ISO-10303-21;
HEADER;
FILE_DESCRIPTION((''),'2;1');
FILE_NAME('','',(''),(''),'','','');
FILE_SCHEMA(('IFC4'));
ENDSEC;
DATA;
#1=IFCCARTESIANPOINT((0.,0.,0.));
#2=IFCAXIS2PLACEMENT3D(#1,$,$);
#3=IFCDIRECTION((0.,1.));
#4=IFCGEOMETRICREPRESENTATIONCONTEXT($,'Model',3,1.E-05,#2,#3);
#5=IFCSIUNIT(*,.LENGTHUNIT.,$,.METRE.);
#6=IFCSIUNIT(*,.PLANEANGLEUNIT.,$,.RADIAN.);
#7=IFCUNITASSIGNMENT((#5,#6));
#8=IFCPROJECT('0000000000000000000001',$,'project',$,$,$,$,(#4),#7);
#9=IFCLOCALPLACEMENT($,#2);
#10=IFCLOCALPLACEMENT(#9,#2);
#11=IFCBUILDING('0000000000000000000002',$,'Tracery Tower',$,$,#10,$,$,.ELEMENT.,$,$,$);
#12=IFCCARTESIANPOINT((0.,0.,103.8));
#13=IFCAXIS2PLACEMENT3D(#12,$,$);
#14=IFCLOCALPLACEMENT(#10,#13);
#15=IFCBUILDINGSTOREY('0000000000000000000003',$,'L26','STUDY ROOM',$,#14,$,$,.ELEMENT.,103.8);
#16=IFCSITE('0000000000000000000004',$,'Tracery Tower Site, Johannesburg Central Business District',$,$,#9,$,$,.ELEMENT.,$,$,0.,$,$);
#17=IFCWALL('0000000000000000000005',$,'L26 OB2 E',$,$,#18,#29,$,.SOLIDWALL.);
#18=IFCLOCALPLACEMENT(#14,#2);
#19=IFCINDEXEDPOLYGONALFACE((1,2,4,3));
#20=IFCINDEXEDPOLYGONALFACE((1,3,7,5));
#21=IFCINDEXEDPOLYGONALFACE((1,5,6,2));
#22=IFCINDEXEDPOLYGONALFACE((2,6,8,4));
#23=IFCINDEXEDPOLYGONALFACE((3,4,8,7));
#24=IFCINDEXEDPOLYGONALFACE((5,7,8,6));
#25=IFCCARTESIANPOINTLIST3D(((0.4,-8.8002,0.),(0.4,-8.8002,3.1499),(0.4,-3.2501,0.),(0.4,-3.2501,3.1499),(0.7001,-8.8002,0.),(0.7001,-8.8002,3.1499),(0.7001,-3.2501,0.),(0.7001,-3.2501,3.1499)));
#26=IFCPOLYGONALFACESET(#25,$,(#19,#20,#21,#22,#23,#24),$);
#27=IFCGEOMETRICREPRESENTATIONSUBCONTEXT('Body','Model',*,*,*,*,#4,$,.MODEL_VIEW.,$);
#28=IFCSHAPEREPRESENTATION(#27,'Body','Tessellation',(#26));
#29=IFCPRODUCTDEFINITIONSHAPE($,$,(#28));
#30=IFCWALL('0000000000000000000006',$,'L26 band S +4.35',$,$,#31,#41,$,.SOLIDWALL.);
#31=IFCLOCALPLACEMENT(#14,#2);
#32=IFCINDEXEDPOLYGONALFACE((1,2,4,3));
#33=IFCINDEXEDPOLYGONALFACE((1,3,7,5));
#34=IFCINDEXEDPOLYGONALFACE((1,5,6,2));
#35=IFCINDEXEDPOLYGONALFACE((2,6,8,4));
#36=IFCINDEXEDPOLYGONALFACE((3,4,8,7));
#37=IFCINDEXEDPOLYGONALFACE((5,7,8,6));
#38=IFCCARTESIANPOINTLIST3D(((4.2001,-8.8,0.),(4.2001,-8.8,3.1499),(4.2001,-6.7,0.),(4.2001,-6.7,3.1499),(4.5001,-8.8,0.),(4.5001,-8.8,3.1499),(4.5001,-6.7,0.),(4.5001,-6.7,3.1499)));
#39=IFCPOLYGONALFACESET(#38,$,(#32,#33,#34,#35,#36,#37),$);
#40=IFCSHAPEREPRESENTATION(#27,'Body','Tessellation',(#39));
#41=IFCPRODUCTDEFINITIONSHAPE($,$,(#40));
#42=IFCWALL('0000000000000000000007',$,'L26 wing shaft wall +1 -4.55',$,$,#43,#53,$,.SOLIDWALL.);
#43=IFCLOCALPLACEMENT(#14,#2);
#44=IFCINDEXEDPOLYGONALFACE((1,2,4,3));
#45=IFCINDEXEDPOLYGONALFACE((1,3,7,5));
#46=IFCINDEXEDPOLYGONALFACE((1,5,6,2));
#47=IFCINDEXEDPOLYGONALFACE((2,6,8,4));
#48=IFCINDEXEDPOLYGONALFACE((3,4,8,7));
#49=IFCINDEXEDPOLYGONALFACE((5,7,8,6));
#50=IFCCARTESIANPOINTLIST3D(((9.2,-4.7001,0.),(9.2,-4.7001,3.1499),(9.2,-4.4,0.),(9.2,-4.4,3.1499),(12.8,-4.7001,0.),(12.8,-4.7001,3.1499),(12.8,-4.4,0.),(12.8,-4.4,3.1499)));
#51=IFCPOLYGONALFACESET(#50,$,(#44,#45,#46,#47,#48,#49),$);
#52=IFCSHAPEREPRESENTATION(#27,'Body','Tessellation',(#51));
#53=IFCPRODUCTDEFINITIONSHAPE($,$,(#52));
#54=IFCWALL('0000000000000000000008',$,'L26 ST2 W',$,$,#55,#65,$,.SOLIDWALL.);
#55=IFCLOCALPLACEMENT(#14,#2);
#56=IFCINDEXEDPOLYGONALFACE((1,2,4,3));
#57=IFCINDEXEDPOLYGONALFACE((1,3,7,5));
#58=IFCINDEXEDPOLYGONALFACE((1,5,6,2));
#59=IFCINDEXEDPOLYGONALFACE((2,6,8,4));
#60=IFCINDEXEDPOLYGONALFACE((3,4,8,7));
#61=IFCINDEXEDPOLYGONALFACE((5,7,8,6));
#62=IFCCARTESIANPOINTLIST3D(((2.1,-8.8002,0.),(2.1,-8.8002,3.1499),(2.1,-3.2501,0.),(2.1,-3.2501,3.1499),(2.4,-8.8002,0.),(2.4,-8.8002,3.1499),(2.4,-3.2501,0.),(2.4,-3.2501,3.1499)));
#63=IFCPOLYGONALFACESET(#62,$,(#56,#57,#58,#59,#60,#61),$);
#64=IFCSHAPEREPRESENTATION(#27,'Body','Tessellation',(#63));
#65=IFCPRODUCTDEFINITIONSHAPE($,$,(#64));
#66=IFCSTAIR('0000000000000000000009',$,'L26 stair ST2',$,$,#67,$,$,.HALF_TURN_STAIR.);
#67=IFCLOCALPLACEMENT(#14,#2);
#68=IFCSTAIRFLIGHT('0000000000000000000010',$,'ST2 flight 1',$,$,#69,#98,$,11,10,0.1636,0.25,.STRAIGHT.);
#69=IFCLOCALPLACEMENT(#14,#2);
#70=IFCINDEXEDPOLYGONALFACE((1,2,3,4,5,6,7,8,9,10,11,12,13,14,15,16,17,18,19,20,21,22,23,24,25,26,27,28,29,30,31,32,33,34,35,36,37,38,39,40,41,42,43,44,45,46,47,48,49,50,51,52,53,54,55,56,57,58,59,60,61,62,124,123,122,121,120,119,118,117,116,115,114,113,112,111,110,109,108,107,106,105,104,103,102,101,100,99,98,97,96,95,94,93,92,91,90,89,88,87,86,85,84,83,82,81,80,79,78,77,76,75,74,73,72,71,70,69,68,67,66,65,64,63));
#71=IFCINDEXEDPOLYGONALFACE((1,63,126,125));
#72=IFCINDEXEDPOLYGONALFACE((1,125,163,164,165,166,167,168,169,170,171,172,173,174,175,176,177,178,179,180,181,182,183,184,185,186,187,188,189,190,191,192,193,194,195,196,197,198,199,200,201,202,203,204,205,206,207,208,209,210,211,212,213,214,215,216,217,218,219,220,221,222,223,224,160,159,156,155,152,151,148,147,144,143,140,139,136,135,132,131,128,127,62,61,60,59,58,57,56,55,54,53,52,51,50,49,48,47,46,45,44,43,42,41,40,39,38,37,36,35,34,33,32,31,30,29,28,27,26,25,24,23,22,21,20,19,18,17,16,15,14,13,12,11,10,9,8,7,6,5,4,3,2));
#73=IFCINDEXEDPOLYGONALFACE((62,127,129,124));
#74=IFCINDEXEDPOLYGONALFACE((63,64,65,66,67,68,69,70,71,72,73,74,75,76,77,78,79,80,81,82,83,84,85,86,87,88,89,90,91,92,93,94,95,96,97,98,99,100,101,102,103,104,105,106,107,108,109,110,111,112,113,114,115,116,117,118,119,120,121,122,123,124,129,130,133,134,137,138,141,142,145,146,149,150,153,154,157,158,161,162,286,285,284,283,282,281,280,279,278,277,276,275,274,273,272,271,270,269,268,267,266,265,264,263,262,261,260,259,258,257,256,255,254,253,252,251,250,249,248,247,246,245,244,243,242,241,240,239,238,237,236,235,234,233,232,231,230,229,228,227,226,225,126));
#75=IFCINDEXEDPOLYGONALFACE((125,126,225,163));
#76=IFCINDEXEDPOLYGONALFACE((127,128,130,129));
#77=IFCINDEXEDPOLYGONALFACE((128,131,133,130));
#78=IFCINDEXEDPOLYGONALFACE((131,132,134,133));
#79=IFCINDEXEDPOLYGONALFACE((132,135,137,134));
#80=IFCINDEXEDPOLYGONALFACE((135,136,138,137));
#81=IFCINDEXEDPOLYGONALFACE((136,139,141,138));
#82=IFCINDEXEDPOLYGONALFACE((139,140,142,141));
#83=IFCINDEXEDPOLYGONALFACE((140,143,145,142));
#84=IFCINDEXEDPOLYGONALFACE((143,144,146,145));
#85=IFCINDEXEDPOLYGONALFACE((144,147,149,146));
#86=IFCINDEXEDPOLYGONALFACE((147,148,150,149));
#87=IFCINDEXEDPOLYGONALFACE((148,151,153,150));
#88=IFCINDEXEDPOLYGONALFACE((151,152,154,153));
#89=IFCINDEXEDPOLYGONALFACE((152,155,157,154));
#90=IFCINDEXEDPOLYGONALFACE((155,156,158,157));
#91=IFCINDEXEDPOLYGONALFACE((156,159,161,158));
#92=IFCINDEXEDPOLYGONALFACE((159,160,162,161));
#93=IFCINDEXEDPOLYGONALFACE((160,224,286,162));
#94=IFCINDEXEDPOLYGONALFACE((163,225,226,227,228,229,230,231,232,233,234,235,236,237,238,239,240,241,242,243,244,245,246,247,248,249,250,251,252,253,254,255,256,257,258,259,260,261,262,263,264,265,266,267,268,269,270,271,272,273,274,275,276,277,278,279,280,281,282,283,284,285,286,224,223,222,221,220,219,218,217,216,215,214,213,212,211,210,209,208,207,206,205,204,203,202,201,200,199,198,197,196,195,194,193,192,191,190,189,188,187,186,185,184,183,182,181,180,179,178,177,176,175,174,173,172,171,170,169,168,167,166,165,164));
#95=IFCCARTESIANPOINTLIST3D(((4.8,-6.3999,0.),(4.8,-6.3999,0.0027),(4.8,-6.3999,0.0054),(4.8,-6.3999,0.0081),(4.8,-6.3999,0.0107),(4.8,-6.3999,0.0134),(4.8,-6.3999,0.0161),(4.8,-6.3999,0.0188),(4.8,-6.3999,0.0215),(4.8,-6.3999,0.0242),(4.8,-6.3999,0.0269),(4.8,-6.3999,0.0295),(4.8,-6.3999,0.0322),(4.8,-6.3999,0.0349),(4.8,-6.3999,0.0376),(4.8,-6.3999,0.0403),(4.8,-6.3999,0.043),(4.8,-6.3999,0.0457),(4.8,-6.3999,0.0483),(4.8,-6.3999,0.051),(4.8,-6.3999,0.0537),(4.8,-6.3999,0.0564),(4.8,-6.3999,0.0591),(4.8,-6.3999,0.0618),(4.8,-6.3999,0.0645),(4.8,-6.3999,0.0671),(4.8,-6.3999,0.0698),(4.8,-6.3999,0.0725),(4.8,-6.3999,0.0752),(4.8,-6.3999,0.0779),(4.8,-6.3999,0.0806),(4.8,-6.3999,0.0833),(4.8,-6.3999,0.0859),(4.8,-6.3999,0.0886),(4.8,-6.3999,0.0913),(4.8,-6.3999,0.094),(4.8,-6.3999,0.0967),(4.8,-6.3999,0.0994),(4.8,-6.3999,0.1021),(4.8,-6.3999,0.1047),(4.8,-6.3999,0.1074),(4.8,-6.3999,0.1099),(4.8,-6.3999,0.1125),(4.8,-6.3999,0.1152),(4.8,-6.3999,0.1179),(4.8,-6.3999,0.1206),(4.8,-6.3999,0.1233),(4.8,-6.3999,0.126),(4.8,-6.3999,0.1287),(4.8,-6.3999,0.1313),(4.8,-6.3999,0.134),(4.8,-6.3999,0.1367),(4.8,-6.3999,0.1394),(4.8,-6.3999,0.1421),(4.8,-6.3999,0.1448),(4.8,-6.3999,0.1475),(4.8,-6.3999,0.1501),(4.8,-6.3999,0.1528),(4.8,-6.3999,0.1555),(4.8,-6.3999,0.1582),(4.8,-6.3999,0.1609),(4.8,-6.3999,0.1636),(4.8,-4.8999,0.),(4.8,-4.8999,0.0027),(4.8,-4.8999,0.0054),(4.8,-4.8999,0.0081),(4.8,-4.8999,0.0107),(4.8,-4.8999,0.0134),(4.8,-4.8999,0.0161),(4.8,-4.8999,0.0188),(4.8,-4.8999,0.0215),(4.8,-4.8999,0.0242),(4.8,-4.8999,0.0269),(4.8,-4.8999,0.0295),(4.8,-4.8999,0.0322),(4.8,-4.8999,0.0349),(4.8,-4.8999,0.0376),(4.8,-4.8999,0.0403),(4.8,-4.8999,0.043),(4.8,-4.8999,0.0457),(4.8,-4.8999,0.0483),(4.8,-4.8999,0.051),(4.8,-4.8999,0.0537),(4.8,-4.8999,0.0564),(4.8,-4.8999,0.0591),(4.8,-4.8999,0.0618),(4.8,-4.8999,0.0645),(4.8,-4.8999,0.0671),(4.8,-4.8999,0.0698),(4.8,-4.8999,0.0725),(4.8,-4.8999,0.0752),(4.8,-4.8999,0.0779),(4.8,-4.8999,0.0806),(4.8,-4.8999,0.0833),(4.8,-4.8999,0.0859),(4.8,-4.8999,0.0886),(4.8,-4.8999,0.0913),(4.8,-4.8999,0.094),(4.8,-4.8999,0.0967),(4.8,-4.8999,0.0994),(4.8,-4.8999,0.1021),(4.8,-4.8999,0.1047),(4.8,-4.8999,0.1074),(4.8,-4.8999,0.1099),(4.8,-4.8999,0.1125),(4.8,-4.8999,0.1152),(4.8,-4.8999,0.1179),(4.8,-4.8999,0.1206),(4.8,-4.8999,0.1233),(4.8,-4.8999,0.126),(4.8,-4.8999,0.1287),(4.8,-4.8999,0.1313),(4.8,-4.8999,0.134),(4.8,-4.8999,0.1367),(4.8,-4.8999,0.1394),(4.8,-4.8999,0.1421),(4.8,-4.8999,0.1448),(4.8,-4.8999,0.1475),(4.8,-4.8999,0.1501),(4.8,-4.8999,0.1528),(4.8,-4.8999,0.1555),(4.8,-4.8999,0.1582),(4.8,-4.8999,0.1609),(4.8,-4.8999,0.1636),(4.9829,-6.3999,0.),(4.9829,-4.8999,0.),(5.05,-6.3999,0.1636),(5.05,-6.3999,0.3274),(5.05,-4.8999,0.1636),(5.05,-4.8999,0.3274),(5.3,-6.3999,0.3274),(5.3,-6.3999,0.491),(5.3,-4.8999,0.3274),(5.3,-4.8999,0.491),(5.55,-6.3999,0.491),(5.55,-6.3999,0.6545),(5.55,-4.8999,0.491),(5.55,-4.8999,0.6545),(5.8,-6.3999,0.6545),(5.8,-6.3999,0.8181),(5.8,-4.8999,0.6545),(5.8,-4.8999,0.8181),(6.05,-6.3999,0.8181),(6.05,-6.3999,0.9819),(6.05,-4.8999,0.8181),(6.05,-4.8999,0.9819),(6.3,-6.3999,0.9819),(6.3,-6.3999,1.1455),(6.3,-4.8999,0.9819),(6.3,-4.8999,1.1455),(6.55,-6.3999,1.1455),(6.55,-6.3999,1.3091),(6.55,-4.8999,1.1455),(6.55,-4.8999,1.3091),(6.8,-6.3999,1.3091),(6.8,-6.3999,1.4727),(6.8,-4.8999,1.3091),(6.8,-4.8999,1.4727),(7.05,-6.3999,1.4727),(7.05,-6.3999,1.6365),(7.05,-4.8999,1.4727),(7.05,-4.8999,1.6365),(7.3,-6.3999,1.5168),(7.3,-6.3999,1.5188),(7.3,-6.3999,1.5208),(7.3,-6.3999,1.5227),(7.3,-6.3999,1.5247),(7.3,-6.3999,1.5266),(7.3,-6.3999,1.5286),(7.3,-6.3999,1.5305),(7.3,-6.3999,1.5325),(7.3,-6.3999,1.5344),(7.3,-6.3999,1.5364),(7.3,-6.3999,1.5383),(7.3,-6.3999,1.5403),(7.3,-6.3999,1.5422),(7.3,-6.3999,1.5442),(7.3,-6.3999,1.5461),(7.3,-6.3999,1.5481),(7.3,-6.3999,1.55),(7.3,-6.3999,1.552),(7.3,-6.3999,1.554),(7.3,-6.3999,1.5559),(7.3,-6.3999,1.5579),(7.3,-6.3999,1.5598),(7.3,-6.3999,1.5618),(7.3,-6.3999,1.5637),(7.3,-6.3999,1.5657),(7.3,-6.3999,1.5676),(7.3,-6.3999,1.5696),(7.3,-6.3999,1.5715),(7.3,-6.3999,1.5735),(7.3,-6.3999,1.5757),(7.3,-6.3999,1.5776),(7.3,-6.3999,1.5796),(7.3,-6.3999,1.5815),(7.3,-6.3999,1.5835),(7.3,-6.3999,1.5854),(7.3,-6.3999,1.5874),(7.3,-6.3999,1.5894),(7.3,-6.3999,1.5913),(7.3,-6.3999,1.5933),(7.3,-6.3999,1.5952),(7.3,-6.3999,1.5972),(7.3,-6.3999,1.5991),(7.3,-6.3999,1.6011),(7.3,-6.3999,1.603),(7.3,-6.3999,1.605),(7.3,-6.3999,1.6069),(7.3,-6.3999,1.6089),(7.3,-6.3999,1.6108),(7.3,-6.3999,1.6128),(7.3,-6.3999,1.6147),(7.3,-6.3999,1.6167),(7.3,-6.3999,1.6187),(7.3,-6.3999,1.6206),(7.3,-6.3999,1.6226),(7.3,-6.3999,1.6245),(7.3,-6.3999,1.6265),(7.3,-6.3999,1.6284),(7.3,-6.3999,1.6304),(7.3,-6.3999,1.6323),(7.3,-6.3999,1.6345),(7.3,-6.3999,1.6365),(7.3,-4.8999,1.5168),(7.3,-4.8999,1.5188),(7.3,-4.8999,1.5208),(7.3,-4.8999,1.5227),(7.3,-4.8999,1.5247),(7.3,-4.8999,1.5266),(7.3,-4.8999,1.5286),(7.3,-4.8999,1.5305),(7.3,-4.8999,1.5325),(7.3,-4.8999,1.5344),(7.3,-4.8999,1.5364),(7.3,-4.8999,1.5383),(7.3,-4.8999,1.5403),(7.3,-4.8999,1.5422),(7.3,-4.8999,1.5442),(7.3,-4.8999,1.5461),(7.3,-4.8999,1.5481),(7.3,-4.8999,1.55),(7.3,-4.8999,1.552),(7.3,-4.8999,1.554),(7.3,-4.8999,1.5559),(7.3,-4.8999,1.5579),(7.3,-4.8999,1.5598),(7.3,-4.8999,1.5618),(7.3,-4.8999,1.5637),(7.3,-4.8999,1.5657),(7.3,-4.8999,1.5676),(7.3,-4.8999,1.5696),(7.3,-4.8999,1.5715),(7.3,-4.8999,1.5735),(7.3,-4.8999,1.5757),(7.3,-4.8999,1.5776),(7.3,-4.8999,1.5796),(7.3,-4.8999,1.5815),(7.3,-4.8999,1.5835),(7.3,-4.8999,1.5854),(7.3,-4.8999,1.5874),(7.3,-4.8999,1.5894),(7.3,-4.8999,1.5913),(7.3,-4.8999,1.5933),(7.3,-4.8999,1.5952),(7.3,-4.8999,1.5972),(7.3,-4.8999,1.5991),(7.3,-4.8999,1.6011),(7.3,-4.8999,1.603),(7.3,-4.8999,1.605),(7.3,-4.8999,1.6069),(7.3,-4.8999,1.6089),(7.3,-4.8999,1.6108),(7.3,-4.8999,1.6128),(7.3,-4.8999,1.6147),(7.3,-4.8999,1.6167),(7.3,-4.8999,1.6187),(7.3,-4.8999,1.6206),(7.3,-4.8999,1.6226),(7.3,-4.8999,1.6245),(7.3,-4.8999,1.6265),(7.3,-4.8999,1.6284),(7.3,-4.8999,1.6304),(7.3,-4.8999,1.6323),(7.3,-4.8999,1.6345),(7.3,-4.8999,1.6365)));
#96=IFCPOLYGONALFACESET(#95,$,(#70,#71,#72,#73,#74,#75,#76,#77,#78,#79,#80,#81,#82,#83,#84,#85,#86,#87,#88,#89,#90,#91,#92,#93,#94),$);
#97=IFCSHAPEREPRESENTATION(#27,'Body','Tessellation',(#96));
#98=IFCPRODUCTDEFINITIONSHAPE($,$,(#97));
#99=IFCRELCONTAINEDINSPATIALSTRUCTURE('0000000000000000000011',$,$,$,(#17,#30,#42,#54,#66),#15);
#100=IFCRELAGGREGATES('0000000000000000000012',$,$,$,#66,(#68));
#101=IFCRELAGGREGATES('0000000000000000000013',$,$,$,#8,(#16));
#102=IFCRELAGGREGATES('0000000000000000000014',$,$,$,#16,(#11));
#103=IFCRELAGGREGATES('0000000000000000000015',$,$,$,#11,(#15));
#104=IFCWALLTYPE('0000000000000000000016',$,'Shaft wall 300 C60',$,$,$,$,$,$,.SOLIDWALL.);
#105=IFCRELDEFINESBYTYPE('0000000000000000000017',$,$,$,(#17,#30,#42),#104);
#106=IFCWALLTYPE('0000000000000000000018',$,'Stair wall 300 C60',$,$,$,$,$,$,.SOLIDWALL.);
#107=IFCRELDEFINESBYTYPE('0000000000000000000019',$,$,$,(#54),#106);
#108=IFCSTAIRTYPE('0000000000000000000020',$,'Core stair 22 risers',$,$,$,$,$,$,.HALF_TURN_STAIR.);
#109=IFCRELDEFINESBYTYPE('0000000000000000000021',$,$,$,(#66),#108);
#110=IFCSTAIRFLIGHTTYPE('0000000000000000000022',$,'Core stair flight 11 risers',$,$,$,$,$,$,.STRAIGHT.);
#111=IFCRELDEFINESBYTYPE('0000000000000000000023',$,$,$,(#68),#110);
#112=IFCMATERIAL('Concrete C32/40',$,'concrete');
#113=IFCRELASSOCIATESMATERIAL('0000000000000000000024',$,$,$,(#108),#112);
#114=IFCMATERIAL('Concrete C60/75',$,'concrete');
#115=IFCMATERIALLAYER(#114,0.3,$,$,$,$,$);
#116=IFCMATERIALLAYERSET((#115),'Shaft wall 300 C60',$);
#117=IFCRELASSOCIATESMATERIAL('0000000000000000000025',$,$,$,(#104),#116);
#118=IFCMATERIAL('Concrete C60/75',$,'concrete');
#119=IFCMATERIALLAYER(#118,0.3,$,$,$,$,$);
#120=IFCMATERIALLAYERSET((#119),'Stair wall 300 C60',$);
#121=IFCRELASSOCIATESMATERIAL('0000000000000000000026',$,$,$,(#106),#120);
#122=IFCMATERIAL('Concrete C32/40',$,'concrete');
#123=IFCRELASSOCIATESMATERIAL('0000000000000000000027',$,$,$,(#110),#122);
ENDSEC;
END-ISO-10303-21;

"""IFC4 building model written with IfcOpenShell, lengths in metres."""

from ifc_helpers import new_model, si_unit, direction, frame, frame_2d, origin, place, context, subcontext, project, spatial, polyline, rectangle, outline, extrude, material, layer, layer_set, type_object, element, aggregate, save


model = new_model("IFC4")

# Units and contexts
model_context = context("Model", 3, precision=1e-05, world=origin(), true_north=direction((0.0, 1.0)))
body_context = subcontext(model_context, "Body", "Model", "MODEL_VIEW")
ifc_project = project(units=[si_unit("LENGTHUNIT", "METRE"), si_unit("PLANEANGLEUNIT", "RADIAN")], contexts=[model_context])

# Site, building, storey
site_placement = place(None, origin())
site = spatial("IfcSite", under=ifc_project, at=site_placement, Name="Tracery Tower Site, Johannesburg Central Business District", CompositionType="ELEMENT", RefElevation=0.0)
building_placement = place(site_placement, origin())
building = spatial("IfcBuilding", under=site, at=building_placement, Name="Tracery Tower", CompositionType="ELEMENT")
storey_placement = place(building_placement, frame((0.0, 0.0, 103.8)))
storey = spatial("IfcBuildingStorey", under=building, at=storey_placement, Name="L26", Description="STUDY ROOM", CompositionType="ELEMENT", Elevation=103.8)

# Shared definitions
ifc_material_1 = material(Name="Concrete C32/40", Category="concrete")
stair_type = type_object("IfcStairType", Name="Core stair 22 risers", PredefinedType="HALF_TURN_STAIR", material=ifc_material_1)

# Walls
ifc_material_2 = material(Name="Concrete C60/75", Category="concrete")
ifc_layer_1 = layer(ifc_material_2, 0.3)
ifc_layer_set_1 = layer_set([ifc_layer_1], Name="Shaft wall 300 C60")
wall_type_1 = type_object("IfcWallType", Name="Shaft wall 300 C60", PredefinedType="SOLIDWALL", material=ifc_layer_set_1)
wall_1_placement = place(storey_placement, frame((0.55, -8.8, 0.0), z_axis=(0.0, 0.0, 1.0), x_axis=(0.0, 1.0, 0.0)))
element("IfcWall", 1, at=wall_1_placement, inside=storey, type_object=wall_type_1, Name="L26 OB2 E", PredefinedType="SOLIDWALL", context=body_context, shape_type="SweptSolid", body=[
    extrude(rectangle(XDim=5.55, YDim=0.3, at=frame_2d((2.7749, 0.0))), origin(), (0.0, 0.0, 1.0), 3.1499),
])
wall_2_placement = place(storey_placement, frame((4.3501, -8.8, 0.0), z_axis=(0.0, 0.0, 1.0), x_axis=(0.0, 1.0, 0.0)))
element("IfcWall", 2, at=wall_2_placement, inside=storey, type_object=wall_type_1, Name="L26 band S +4.35", PredefinedType="SOLIDWALL", context=body_context, shape_type="SweptSolid", body=[
    extrude(rectangle(XDim=2.1001, YDim=0.3, at=frame_2d((1.05, 0.0))), origin(), (0.0, 0.0, 1.0), 3.1499),
])
wall_3_placement = place(storey_placement, frame((9.2, -4.55, 0.0), z_axis=(0.0, 0.0, 1.0), x_axis=(1.0, 0.0, 0.0)))
element("IfcWall", 3, at=wall_3_placement, inside=storey, type_object=wall_type_1, Name="L26 wing shaft wall +1 -4.55", PredefinedType="SOLIDWALL", context=body_context, shape_type="SweptSolid", body=[
    extrude(rectangle(XDim=3.6001, YDim=0.3, at=frame_2d((1.8, 0.0))), origin(), (0.0, 0.0, 1.0), 3.1499),
])

# Shared definitions
ifc_material_3 = material(Name="Concrete C60/75", Category="concrete")
ifc_layer_2 = layer(ifc_material_3, 0.3)
ifc_layer_set_2 = layer_set([ifc_layer_2], Name="Stair wall 300 C60")
wall_type_2 = type_object("IfcWallType", Name="Stair wall 300 C60", PredefinedType="SOLIDWALL", material=ifc_layer_set_2)

# Wall
wall_4_placement = place(storey_placement, frame((2.25, -8.8, 0.0), z_axis=(0.0, 0.0, 1.0), x_axis=(0.0, 1.0, 0.0)))
element("IfcWall", 4, at=wall_4_placement, inside=storey, type_object=wall_type_2, Name="L26 ST2 W", PredefinedType="SOLIDWALL", context=body_context, shape_type="SweptSolid", body=[
    extrude(rectangle(XDim=5.55, YDim=0.3, at=frame_2d((2.7749, 0.0))), origin(), (0.0, 0.0, 1.0), 3.1499),
])

# Stair, stair flight
stair_1_placement = place(storey_placement, origin())
stair_1 = element("IfcStair", 5, at=stair_1_placement, inside=storey, type_object=stair_type, Name="L26 stair ST2", PredefinedType="HALF_TURN_STAIR")
ifc_material_4 = material(Name="Concrete C32/40", Category="concrete")
stair_flight_type = type_object("IfcStairFlightType", Name="Core stair flight 11 risers", PredefinedType="STRAIGHT", material=ifc_material_4)
stair_flight_1_placement = place(storey_placement, frame((4.8, -5.6499, 0.0), z_axis=(0.0, 0.0, 1.0), x_axis=(1.0, 0.0, 0.0)))
stair_flight_1 = element("IfcStairFlight", 6, at=stair_flight_1_placement, type_object=stair_flight_type, Name="ST2 flight 1", NumberOfRisers=11, NumberOfTreads=10, PredefinedType="STRAIGHT", RiserHeight=0.1636, TreadLength=0.25, context=body_context, shape_type="SweptSolid", body=[
    extrude(outline(polyline([(0.0, 0.0), (0.0, 0.0027), (0.0, 0.0054), (0.0, 0.0081), (0.0, 0.0107), (0.0, 0.0134), (0.0, 0.0161), (0.0, 0.0188), (0.0, 0.0215), (0.0, 0.0242), (0.0, 0.0269), (0.0, 0.0295), (0.0, 0.0322), (0.0, 0.0349), (0.0, 0.0376), (0.0, 0.0403), (0.0, 0.043), (0.0, 0.0457), (0.0, 0.0483), (0.0, 0.051), (0.0, 0.0537), (0.0, 0.0564), (0.0, 0.0591), (0.0, 0.0618), (0.0, 0.0645), (0.0, 0.0671), (0.0, 0.0698), (0.0, 0.0725), (0.0, 0.0752), (0.0, 0.0779), (0.0, 0.0806), (0.0, 0.0833), (0.0, 0.0859), (0.0, 0.0886), (0.0, 0.0913), (0.0, 0.094), (0.0, 0.0967), (0.0, 0.0994), (0.0, 0.1021), (0.0, 0.1047), (0.0, 0.1074), (0.0, 0.1099), (0.0, 0.1125), (0.0, 0.1152), (0.0, 0.1179), (0.0, 0.1206), (0.0, 0.1233), (0.0, 0.126), (0.0, 0.1287), (0.0, 0.1313), (0.0, 0.134), (0.0, 0.1367), (0.0, 0.1394), (0.0, 0.1421), (0.0, 0.1448), (0.0, 0.1475), (0.0, 0.1501), (0.0, 0.1528), (0.0, 0.1555), (0.0, 0.1582), (0.0, 0.1609), (0.0, 0.1636), (0.25, 0.1636), (0.25, 0.3274), (0.5, 0.3274), (0.5, 0.491), (0.75, 0.491), (0.75, 0.6545), (1.0, 0.6545), (1.0, 0.8181), (1.25, 0.8181), (1.25, 0.9819), (1.5, 0.9819), (1.5, 1.1455), (1.75, 1.1455), (1.75, 1.3091), (2.0, 1.3091), (2.0, 1.4727), (2.25, 1.4727), (2.25, 1.6365), (2.5, 1.6365), (2.5, 1.6345), (2.5, 1.6323), (2.5, 1.6304), (2.5, 1.6284), (2.5, 1.6265), (2.5, 1.6245), (2.5, 1.6226), (2.5, 1.6206), (2.5, 1.6187), (2.5, 1.6167), (2.5, 1.6147), (2.5, 1.6128), (2.5, 1.6108), (2.5, 1.6089), (2.5, 1.6069), (2.5, 1.605), (2.5, 1.603), (2.5, 1.6011), (2.5, 1.5991), (2.5, 1.5972), (2.5, 1.5952), (2.5, 1.5933), (2.5, 1.5913), (2.5, 1.5894), (2.5, 1.5874), (2.5, 1.5854), (2.5, 1.5835), (2.5, 1.5815), (2.5, 1.5796), (2.5, 1.5776), (2.5, 1.5757), (2.5, 1.5735), (2.5, 1.5715), (2.5, 1.5696), (2.5, 1.5676), (2.5, 1.5657), (2.5, 1.5637), (2.5, 1.5618), (2.5, 1.5598), (2.5, 1.5579), (2.5, 1.5559), (2.5, 1.554), (2.5, 1.552), (2.5, 1.55), (2.5, 1.5481), (2.5, 1.5461), (2.5, 1.5442), (2.5, 1.5422), (2.5, 1.5403), (2.5, 1.5383), (2.5, 1.5364), (2.5, 1.5344), (2.5, 1.5325), (2.5, 1.5305), (2.5, 1.5286), (2.5, 1.5266), (2.5, 1.5247), (2.5, 1.5227), (2.5, 1.5208), (2.5, 1.5188), (2.5, 1.5168), (0.1829, 0.0), (0.0, 0.0)])), frame((0.0, 0.75, 0.0), z_axis=(0.0, -1.0, 0.0), x_axis=(1.0, 0.0, 0.0)), (0.0, 0.0, 1.0), 1.5),
])
aggregate(stair_1, [stair_flight_1])

save(model, "model.ifc")
